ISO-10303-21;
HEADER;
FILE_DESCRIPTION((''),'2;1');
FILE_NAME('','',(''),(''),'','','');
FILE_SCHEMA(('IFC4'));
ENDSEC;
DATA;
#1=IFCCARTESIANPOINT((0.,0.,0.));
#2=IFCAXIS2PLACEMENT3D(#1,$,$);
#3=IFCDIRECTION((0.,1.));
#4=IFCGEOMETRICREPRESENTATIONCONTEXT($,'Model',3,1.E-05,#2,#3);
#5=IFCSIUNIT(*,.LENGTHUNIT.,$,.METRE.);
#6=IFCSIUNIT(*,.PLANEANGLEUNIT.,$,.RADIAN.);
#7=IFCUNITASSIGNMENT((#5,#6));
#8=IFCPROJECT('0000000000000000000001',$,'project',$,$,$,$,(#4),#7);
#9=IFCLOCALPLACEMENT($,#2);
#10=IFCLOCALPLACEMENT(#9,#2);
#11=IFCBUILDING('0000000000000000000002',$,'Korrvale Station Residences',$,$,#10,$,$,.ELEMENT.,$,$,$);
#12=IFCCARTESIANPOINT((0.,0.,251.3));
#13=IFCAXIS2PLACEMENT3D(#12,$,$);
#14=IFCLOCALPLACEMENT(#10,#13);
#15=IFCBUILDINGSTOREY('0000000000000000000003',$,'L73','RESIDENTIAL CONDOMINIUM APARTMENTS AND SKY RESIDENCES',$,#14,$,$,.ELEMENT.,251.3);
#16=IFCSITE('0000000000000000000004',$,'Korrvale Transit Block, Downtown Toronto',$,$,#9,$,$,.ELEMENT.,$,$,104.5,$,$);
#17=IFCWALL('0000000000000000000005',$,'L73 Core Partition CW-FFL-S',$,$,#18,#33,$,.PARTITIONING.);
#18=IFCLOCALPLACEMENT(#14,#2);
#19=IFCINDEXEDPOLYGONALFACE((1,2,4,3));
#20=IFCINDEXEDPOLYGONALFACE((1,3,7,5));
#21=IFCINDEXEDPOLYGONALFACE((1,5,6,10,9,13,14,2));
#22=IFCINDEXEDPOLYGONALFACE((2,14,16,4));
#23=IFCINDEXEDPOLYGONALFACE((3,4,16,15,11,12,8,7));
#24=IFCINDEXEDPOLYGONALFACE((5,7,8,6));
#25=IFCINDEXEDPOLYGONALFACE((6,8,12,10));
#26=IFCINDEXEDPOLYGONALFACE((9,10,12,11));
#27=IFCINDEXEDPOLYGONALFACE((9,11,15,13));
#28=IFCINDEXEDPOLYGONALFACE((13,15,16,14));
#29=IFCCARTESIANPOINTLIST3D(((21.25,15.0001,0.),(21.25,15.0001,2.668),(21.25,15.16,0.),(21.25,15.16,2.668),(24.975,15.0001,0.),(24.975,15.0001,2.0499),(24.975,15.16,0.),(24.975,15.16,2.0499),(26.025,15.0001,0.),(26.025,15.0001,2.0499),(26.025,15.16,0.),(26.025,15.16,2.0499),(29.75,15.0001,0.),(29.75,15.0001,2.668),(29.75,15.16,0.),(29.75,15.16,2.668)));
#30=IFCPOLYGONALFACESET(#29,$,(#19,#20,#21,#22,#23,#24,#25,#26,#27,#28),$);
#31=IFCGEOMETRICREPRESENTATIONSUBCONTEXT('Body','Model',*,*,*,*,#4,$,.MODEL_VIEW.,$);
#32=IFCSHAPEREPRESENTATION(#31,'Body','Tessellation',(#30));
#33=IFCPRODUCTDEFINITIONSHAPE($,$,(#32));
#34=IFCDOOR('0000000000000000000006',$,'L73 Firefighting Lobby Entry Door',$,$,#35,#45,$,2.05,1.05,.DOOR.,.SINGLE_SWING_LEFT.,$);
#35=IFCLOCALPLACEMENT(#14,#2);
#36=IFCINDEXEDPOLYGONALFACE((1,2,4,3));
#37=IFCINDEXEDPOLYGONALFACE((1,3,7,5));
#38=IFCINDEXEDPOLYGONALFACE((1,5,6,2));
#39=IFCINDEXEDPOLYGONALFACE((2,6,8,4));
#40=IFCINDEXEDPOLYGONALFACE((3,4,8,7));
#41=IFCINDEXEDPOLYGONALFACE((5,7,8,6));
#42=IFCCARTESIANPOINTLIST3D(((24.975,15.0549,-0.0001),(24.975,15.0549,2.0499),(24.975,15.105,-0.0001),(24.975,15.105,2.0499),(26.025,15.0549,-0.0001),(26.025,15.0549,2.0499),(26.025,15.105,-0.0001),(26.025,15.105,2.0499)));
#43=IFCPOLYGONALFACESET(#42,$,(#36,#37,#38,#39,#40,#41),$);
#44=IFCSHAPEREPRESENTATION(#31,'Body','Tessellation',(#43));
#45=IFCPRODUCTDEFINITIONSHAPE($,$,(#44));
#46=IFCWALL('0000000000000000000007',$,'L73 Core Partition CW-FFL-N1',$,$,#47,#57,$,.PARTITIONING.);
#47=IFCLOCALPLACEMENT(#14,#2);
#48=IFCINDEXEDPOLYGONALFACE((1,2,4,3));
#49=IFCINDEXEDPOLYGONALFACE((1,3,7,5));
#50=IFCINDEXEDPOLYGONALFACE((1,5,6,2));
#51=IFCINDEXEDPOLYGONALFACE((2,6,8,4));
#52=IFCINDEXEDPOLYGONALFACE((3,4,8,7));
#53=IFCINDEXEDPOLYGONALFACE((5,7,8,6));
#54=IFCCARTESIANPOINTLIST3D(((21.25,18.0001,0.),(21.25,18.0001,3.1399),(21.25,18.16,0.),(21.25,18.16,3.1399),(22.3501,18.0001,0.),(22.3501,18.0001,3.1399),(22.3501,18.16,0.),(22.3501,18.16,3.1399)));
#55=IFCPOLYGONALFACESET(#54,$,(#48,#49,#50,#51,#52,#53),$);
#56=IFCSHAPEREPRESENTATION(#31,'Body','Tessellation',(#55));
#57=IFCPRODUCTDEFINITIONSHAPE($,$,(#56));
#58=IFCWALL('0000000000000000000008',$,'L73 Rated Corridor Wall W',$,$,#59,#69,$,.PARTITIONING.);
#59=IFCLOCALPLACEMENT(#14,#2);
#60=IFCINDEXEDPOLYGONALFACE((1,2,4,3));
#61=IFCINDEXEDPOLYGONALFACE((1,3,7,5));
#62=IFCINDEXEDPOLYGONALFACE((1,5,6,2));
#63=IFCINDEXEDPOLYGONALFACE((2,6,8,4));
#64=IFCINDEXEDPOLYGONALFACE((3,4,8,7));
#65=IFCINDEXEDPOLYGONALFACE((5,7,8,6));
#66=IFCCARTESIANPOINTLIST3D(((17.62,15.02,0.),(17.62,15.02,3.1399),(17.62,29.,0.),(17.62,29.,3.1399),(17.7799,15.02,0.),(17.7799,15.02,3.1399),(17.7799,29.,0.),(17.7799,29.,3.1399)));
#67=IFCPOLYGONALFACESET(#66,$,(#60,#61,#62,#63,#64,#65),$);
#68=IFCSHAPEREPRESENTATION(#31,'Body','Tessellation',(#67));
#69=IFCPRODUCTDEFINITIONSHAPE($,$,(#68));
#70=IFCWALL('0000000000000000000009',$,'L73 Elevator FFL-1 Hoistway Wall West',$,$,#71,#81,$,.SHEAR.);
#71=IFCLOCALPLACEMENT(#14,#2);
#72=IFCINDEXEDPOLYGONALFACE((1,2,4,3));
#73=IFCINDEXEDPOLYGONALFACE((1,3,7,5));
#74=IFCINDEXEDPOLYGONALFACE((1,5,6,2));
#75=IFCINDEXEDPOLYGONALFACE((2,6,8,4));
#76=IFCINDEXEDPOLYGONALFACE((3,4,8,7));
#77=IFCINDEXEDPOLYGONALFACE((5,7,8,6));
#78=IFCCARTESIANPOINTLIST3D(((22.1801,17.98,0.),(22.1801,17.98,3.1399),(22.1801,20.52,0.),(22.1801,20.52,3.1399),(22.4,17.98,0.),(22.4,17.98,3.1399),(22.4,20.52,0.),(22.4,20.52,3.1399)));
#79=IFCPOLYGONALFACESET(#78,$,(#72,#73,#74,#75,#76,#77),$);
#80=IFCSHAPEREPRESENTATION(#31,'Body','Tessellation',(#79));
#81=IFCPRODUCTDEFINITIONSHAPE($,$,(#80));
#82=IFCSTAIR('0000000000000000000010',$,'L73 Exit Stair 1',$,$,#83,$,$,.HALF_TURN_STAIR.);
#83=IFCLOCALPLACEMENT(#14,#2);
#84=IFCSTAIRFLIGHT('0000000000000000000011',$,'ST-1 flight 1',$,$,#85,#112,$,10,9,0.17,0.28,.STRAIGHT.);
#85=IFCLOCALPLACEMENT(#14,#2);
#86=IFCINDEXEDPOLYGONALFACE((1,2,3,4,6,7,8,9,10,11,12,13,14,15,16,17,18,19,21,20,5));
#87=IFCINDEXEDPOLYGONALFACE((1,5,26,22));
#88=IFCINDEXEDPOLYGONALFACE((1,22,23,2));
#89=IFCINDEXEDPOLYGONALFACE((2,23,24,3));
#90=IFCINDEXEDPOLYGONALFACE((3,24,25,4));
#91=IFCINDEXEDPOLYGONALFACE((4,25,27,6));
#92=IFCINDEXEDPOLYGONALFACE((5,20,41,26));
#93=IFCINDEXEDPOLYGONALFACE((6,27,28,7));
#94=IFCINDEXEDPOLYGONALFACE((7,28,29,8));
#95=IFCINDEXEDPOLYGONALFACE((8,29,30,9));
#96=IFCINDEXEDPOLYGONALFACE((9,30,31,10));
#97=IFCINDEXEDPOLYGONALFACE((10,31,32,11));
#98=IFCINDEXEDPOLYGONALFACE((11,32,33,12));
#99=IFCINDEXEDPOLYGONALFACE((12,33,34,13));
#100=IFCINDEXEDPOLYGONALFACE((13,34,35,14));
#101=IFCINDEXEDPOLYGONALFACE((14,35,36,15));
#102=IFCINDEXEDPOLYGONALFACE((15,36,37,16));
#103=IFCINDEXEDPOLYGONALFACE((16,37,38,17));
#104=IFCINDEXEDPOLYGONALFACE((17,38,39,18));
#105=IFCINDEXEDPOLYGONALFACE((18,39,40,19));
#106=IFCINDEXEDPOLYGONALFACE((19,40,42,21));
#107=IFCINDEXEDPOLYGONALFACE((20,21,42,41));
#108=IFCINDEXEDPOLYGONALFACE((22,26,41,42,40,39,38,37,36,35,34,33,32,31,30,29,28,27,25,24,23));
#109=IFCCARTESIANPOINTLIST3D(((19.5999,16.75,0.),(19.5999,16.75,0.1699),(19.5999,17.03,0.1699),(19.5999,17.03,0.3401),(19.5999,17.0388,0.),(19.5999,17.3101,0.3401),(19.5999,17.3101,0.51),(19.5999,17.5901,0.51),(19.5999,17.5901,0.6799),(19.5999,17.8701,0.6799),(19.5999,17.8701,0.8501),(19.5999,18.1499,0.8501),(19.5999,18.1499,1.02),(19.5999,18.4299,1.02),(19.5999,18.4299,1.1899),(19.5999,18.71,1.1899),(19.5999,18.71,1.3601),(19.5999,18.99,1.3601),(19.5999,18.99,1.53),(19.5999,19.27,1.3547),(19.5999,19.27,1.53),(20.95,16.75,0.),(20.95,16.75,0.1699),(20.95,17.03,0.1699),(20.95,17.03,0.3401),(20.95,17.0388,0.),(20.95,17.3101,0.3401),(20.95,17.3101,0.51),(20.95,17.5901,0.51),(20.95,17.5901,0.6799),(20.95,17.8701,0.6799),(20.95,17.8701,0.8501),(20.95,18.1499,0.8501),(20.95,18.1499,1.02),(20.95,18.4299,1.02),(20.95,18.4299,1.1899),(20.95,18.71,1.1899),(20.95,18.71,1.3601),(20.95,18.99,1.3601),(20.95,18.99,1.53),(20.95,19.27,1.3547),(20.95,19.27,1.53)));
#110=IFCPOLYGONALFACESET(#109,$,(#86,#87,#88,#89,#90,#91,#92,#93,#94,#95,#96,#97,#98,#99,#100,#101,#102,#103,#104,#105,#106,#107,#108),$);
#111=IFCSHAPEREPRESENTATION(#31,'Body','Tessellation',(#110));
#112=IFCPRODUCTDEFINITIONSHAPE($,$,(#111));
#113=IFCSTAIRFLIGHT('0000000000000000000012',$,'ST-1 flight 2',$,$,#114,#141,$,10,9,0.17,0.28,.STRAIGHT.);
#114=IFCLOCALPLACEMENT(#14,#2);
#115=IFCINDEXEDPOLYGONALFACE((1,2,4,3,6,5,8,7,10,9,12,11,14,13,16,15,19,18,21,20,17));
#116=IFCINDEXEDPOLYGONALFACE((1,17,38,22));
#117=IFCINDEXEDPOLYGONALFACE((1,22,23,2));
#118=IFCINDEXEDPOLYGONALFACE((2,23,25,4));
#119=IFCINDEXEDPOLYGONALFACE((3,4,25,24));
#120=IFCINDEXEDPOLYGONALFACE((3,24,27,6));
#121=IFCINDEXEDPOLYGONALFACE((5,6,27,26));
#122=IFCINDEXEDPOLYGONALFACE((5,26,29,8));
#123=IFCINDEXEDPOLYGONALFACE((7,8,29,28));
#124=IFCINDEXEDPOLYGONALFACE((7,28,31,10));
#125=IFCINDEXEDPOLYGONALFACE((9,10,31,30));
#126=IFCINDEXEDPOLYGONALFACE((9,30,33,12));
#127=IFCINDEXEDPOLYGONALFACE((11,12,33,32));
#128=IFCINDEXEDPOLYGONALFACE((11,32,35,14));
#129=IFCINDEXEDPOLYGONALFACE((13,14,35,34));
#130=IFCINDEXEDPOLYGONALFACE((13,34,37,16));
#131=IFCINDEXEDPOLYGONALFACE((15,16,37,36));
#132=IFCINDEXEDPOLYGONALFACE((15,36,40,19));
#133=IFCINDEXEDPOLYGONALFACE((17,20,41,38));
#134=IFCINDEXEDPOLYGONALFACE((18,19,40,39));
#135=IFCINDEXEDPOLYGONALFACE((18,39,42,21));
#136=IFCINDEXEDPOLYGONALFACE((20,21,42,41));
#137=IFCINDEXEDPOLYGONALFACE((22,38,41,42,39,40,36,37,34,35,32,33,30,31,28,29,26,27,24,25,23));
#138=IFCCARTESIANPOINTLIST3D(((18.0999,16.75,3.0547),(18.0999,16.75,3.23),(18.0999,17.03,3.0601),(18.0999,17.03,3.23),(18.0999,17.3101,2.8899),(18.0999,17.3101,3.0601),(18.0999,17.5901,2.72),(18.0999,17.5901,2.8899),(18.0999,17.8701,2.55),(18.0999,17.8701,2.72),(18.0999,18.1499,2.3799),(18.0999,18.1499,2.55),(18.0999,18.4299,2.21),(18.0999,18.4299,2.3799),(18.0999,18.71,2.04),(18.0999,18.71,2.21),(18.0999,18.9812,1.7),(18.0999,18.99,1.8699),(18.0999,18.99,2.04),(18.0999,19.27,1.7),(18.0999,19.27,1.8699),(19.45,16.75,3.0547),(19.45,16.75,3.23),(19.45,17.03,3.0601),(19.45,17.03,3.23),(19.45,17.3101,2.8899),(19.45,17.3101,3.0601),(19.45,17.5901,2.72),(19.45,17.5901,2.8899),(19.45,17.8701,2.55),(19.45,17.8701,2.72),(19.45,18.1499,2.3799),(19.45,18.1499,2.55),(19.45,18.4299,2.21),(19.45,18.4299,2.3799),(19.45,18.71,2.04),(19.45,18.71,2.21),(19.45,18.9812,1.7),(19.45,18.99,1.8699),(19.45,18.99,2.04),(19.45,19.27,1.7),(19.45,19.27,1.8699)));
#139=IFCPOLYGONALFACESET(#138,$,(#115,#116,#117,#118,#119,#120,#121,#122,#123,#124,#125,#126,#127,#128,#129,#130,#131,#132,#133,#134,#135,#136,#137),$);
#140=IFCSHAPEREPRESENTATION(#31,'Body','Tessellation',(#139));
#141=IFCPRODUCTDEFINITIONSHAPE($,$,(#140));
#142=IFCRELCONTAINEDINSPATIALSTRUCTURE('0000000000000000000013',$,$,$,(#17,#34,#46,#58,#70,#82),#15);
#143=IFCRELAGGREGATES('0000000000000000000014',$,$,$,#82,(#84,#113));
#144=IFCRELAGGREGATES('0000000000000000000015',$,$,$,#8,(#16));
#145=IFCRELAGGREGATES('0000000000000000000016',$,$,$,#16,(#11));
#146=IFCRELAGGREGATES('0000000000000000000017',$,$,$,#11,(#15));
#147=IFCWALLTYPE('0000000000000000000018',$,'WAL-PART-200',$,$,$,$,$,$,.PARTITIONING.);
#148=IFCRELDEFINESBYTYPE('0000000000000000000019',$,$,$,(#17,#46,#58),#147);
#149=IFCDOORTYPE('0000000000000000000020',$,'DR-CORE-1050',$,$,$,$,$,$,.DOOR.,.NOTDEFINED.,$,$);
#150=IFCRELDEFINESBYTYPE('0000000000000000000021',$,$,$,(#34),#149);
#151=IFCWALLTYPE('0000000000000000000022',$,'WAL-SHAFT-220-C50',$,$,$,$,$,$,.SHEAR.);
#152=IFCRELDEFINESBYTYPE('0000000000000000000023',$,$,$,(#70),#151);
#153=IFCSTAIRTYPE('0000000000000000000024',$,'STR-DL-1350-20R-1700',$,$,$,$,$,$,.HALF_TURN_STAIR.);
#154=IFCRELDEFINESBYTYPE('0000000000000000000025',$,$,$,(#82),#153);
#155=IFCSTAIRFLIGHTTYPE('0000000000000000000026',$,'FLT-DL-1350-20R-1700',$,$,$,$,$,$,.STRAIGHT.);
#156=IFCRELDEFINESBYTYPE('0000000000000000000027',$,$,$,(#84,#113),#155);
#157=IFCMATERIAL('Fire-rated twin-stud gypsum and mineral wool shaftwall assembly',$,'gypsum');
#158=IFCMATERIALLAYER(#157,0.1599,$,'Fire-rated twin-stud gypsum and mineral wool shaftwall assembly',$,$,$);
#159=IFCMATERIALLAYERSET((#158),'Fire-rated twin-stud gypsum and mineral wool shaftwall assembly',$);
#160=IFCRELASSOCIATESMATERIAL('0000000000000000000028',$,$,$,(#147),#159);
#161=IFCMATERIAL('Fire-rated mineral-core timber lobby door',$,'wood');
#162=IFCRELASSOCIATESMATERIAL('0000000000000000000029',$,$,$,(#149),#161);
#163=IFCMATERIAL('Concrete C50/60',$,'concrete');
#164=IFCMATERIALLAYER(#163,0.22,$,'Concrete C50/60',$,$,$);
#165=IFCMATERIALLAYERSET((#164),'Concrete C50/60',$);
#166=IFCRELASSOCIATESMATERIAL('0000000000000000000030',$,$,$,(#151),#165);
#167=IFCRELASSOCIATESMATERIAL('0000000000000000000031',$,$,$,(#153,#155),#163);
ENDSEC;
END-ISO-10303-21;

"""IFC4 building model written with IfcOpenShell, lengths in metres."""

from ifc_helpers import new_model, si_unit, direction, frame, frame_2d, origin, place, context, subcontext, project, spatial, polyline, rectangle, outline, extrude, material, layer, layer_set, type_object, element, fill, aggregate, save


model = new_model("IFC4")

# Units and contexts
model_context = context("Model", 3, precision=1e-05, world=origin(), true_north=direction((0.0, 1.0)))
body_context = subcontext(model_context, "Body", "Model", "MODEL_VIEW")
ifc_project = project(units=[si_unit("LENGTHUNIT", "METRE"), si_unit("PLANEANGLEUNIT", "RADIAN")], contexts=[model_context])

# Site, building, storey
site_placement = place(None, origin())
site = spatial("IfcSite", under=ifc_project, at=site_placement, Name="Korrvale Transit Block, Downtown Toronto", CompositionType="ELEMENT", RefElevation=104.5)
building_placement = place(site_placement, origin())
building = spatial("IfcBuilding", under=site, at=building_placement, Name="Korrvale Station Residences", CompositionType="ELEMENT")
storey_placement = place(building_placement, frame((0.0, 0.0, 251.3)))
storey = spatial("IfcBuildingStorey", under=building, at=storey_placement, Name="L73", Description="RESIDENTIAL CONDOMINIUM APARTMENTS AND SKY RESIDENCES", CompositionType="ELEMENT", Elevation=251.3)

# Shared definitions
ifc_material_1 = material(Name="Concrete C50/60", Category="concrete")

# Wall, opening, door
ifc_material_2 = material(Name="Fire-rated twin-stud gypsum and mineral wool shaftwall assembly", Category="gypsum")
ifc_layer_1 = layer(ifc_material_2, 0.1599, Name="Fire-rated twin-stud gypsum and mineral wool shaftwall assembly")
ifc_layer_set_1 = layer_set([ifc_layer_1], Name="Fire-rated twin-stud gypsum and mineral wool shaftwall assembly")
wall_type_1 = type_object("IfcWallType", Name="WAL-PART-200", PredefinedType="PARTITIONING", material=ifc_layer_set_1)
wall_1_placement = place(storey_placement, frame((21.25, 15.0801, 0.0), z_axis=(0.0, 0.0, 1.0), x_axis=(1.0, 0.0, 0.0)))
wall_1 = element("IfcWall", 1, at=wall_1_placement, inside=storey, type_object=wall_type_1, Name="L73 Core Partition CW-FFL-S", PredefinedType="PARTITIONING", context=body_context, shape_type="SweptSolid", body=[
    extrude(rectangle(XDim=8.5, YDim=0.1599, at=frame_2d((4.25, 0.0))), origin(), (0.0, 0.0, 1.0), 2.668),
])
opening_1_placement = place(wall_1_placement, frame((3.7251, 0.0, 0.0)))
opening_1 = element("IfcOpeningElement", 2, at=opening_1_placement, cuts=wall_1, PredefinedType="OPENING", context=body_context, shape_type="SweptSolid", body=[
    extrude(rectangle(XDim=1.05, YDim=2.05, at=frame_2d((0.5249, 1.0249))), frame((0.0, 0.0898, 0.0), z_axis=(0.0, -1.0, 0.0), x_axis=(1.0, 0.0, 0.0)), (0.0, 0.0, 1.0), 0.1799),
])
ifc_material_3 = material(Name="Fire-rated mineral-core timber lobby door", Category="wood")
door_type_1 = type_object("IfcDoorType", Name="DR-CORE-1050", OperationType="NOTDEFINED", PredefinedType="DOOR", material=ifc_material_3)
door_1_placement = place(opening_1_placement, origin())
door_1 = element("IfcDoor", 3, at=door_1_placement, inside=storey, type_object=door_type_1, Name="L73 Firefighting Lobby Entry Door", OperationType="SINGLE_SWING_LEFT", OverallHeight=2.05, OverallWidth=1.05, PredefinedType="DOOR", context=body_context, shape_type="SweptSolid", body=[
    extrude(rectangle(XDim=1.05, YDim=2.05, at=frame_2d((0.5249, 1.0249))), frame((0.0, 0.0249, 0.0), z_axis=(0.0, -1.0, 0.0), x_axis=(1.0, 0.0, 0.0)), (0.0, 0.0, 1.0), 0.05),
])
fill(opening_1, door_1)

# Walls
wall_2_placement = place(storey_placement, frame((21.25, 18.0801, 0.0), z_axis=(0.0, 0.0, 1.0), x_axis=(1.0, 0.0, 0.0)))
element("IfcWall", 4, at=wall_2_placement, inside=storey, type_object=wall_type_1, Name="L73 Core Partition CW-FFL-N1", PredefinedType="PARTITIONING", context=body_context, shape_type="SweptSolid", body=[
    extrude(rectangle(XDim=1.1001, YDim=0.1599, at=frame_2d((0.55, 0.0))), origin(), (0.0, 0.0, 1.0), 3.1399),
])
wall_3_placement = place(storey_placement, frame((17.7, 15.02, 0.0), z_axis=(0.0, 0.0, 1.0), x_axis=(0.0, 1.0, 0.0)))
element("IfcWall", 5, at=wall_3_placement, inside=storey, type_object=wall_type_1, Name="L73 Rated Corridor Wall W", PredefinedType="PARTITIONING", context=body_context, shape_type="SweptSolid", body=[
    extrude(rectangle(XDim=13.98, YDim=0.1599, at=frame_2d((6.99, 0.0))), origin(), (0.0, 0.0, 1.0), 3.1399),
])

# Shared definitions
ifc_layer_2 = layer(ifc_material_1, 0.22, Name="Concrete C50/60")
ifc_layer_set_2 = layer_set([ifc_layer_2], Name="Concrete C50/60")
wall_type_2 = type_object("IfcWallType", Name="WAL-SHAFT-220-C50", PredefinedType="SHEAR", material=ifc_layer_set_2)

# Wall
wall_4_placement = place(storey_placement, frame((22.29, 17.98, 0.0), z_axis=(0.0, 0.0, 1.0), x_axis=(0.0, 1.0, 0.0)))
element("IfcWall", 6, at=wall_4_placement, inside=storey, type_object=wall_type_2, Name="L73 Elevator FFL-1 Hoistway Wall West", PredefinedType="SHEAR", context=body_context, shape_type="SweptSolid", body=[
    extrude(rectangle(XDim=2.54, YDim=0.22, at=frame_2d((1.27, 0.0))), origin(), (0.0, 0.0, 1.0), 3.1399),
])

# Stair, stair flights
stair_type = type_object("IfcStairType", Name="STR-DL-1350-20R-1700", PredefinedType="HALF_TURN_STAIR", material=ifc_material_1)
stair_placement = place(storey_placement, origin())
stair = element("IfcStair", 7, at=stair_placement, inside=storey, type_object=stair_type, Name="L73 Exit Stair 1", PredefinedType="HALF_TURN_STAIR")
stair_flight_type = type_object("IfcStairFlightType", Name="FLT-DL-1350-20R-1700", PredefinedType="STRAIGHT", material=ifc_material_1)
stair_flight_1_placement = place(storey_placement, frame((20.2749, 16.75, 0.0), z_axis=(0.0, 0.0, 1.0), x_axis=(0.0, 1.0, 0.0)))
stair_flight_1 = element("IfcStairFlight", 8, at=stair_flight_1_placement, type_object=stair_flight_type, Name="ST-1 flight 1", NumberOfRisers=10, NumberOfTreads=9, PredefinedType="STRAIGHT", RiserHeight=0.17, TreadLength=0.28, context=body_context, shape_type="SweptSolid", body=[
    extrude(outline(polyline([(0.0, 0.0), (0.0, 0.1699), (0.28, 0.1699), (0.28, 0.3401), (0.5601, 0.3401), (0.5601, 0.51), (0.8401, 0.51), (0.8401, 0.6799), (1.1201, 0.6799), (1.1201, 0.8501), (1.3999, 0.8501), (1.3999, 1.02), (1.6799, 1.02), (1.6799, 1.1899), (1.96, 1.1899), (1.96, 1.3601), (2.24, 1.3601), (2.24, 1.53), (2.52, 1.53), (2.52, 1.7), (2.52, 1.3547), (0.2888, 0.0), (0.0, 0.0)])), frame((0.0, 0.675, 0.0), z_axis=(0.0, -1.0, 0.0), x_axis=(1.0, 0.0, 0.0)), (0.0, 0.0, 1.0), 1.3501),
])
stair_flight_2_placement = place(storey_placement, frame((18.7749, 19.27, 1.7), z_axis=(0.0, 0.0, 1.0), x_axis=(0.0, -1.0, 0.0)))
stair_flight_2 = element("IfcStairFlight", 9, at=stair_flight_2_placement, type_object=stair_flight_type, Name="ST-1 flight 2", NumberOfRisers=10, NumberOfTreads=9, PredefinedType="STRAIGHT", RiserHeight=0.17, TreadLength=0.28, context=body_context, shape_type="SweptSolid", body=[
    extrude(outline(polyline([(0.0, 0.0), (0.0, 0.1699), (0.28, 0.1699), (0.28, 0.3401), (0.5601, 0.3401), (0.5601, 0.51), (0.8401, 0.51), (0.8401, 0.6799), (1.1201, 0.6799), (1.1201, 0.8501), (1.3999, 0.8501), (1.3999, 1.02), (1.6799, 1.02), (1.6799, 1.1899), (1.96, 1.1899), (1.96, 1.3601), (2.24, 1.3601), (2.24, 1.53), (2.52, 1.53), (2.52, 1.7), (2.52, 1.3547), (0.2888, 0.0), (0.0, 0.0)])), frame((0.0, 0.675, 0.0), z_axis=(0.0, -1.0, 0.0), x_axis=(1.0, 0.0, 0.0)), (0.0, 0.0, 1.0), 1.3501),
])
aggregate(stair, [stair_flight_1, stair_flight_2])

save(model, "model.ifc")
